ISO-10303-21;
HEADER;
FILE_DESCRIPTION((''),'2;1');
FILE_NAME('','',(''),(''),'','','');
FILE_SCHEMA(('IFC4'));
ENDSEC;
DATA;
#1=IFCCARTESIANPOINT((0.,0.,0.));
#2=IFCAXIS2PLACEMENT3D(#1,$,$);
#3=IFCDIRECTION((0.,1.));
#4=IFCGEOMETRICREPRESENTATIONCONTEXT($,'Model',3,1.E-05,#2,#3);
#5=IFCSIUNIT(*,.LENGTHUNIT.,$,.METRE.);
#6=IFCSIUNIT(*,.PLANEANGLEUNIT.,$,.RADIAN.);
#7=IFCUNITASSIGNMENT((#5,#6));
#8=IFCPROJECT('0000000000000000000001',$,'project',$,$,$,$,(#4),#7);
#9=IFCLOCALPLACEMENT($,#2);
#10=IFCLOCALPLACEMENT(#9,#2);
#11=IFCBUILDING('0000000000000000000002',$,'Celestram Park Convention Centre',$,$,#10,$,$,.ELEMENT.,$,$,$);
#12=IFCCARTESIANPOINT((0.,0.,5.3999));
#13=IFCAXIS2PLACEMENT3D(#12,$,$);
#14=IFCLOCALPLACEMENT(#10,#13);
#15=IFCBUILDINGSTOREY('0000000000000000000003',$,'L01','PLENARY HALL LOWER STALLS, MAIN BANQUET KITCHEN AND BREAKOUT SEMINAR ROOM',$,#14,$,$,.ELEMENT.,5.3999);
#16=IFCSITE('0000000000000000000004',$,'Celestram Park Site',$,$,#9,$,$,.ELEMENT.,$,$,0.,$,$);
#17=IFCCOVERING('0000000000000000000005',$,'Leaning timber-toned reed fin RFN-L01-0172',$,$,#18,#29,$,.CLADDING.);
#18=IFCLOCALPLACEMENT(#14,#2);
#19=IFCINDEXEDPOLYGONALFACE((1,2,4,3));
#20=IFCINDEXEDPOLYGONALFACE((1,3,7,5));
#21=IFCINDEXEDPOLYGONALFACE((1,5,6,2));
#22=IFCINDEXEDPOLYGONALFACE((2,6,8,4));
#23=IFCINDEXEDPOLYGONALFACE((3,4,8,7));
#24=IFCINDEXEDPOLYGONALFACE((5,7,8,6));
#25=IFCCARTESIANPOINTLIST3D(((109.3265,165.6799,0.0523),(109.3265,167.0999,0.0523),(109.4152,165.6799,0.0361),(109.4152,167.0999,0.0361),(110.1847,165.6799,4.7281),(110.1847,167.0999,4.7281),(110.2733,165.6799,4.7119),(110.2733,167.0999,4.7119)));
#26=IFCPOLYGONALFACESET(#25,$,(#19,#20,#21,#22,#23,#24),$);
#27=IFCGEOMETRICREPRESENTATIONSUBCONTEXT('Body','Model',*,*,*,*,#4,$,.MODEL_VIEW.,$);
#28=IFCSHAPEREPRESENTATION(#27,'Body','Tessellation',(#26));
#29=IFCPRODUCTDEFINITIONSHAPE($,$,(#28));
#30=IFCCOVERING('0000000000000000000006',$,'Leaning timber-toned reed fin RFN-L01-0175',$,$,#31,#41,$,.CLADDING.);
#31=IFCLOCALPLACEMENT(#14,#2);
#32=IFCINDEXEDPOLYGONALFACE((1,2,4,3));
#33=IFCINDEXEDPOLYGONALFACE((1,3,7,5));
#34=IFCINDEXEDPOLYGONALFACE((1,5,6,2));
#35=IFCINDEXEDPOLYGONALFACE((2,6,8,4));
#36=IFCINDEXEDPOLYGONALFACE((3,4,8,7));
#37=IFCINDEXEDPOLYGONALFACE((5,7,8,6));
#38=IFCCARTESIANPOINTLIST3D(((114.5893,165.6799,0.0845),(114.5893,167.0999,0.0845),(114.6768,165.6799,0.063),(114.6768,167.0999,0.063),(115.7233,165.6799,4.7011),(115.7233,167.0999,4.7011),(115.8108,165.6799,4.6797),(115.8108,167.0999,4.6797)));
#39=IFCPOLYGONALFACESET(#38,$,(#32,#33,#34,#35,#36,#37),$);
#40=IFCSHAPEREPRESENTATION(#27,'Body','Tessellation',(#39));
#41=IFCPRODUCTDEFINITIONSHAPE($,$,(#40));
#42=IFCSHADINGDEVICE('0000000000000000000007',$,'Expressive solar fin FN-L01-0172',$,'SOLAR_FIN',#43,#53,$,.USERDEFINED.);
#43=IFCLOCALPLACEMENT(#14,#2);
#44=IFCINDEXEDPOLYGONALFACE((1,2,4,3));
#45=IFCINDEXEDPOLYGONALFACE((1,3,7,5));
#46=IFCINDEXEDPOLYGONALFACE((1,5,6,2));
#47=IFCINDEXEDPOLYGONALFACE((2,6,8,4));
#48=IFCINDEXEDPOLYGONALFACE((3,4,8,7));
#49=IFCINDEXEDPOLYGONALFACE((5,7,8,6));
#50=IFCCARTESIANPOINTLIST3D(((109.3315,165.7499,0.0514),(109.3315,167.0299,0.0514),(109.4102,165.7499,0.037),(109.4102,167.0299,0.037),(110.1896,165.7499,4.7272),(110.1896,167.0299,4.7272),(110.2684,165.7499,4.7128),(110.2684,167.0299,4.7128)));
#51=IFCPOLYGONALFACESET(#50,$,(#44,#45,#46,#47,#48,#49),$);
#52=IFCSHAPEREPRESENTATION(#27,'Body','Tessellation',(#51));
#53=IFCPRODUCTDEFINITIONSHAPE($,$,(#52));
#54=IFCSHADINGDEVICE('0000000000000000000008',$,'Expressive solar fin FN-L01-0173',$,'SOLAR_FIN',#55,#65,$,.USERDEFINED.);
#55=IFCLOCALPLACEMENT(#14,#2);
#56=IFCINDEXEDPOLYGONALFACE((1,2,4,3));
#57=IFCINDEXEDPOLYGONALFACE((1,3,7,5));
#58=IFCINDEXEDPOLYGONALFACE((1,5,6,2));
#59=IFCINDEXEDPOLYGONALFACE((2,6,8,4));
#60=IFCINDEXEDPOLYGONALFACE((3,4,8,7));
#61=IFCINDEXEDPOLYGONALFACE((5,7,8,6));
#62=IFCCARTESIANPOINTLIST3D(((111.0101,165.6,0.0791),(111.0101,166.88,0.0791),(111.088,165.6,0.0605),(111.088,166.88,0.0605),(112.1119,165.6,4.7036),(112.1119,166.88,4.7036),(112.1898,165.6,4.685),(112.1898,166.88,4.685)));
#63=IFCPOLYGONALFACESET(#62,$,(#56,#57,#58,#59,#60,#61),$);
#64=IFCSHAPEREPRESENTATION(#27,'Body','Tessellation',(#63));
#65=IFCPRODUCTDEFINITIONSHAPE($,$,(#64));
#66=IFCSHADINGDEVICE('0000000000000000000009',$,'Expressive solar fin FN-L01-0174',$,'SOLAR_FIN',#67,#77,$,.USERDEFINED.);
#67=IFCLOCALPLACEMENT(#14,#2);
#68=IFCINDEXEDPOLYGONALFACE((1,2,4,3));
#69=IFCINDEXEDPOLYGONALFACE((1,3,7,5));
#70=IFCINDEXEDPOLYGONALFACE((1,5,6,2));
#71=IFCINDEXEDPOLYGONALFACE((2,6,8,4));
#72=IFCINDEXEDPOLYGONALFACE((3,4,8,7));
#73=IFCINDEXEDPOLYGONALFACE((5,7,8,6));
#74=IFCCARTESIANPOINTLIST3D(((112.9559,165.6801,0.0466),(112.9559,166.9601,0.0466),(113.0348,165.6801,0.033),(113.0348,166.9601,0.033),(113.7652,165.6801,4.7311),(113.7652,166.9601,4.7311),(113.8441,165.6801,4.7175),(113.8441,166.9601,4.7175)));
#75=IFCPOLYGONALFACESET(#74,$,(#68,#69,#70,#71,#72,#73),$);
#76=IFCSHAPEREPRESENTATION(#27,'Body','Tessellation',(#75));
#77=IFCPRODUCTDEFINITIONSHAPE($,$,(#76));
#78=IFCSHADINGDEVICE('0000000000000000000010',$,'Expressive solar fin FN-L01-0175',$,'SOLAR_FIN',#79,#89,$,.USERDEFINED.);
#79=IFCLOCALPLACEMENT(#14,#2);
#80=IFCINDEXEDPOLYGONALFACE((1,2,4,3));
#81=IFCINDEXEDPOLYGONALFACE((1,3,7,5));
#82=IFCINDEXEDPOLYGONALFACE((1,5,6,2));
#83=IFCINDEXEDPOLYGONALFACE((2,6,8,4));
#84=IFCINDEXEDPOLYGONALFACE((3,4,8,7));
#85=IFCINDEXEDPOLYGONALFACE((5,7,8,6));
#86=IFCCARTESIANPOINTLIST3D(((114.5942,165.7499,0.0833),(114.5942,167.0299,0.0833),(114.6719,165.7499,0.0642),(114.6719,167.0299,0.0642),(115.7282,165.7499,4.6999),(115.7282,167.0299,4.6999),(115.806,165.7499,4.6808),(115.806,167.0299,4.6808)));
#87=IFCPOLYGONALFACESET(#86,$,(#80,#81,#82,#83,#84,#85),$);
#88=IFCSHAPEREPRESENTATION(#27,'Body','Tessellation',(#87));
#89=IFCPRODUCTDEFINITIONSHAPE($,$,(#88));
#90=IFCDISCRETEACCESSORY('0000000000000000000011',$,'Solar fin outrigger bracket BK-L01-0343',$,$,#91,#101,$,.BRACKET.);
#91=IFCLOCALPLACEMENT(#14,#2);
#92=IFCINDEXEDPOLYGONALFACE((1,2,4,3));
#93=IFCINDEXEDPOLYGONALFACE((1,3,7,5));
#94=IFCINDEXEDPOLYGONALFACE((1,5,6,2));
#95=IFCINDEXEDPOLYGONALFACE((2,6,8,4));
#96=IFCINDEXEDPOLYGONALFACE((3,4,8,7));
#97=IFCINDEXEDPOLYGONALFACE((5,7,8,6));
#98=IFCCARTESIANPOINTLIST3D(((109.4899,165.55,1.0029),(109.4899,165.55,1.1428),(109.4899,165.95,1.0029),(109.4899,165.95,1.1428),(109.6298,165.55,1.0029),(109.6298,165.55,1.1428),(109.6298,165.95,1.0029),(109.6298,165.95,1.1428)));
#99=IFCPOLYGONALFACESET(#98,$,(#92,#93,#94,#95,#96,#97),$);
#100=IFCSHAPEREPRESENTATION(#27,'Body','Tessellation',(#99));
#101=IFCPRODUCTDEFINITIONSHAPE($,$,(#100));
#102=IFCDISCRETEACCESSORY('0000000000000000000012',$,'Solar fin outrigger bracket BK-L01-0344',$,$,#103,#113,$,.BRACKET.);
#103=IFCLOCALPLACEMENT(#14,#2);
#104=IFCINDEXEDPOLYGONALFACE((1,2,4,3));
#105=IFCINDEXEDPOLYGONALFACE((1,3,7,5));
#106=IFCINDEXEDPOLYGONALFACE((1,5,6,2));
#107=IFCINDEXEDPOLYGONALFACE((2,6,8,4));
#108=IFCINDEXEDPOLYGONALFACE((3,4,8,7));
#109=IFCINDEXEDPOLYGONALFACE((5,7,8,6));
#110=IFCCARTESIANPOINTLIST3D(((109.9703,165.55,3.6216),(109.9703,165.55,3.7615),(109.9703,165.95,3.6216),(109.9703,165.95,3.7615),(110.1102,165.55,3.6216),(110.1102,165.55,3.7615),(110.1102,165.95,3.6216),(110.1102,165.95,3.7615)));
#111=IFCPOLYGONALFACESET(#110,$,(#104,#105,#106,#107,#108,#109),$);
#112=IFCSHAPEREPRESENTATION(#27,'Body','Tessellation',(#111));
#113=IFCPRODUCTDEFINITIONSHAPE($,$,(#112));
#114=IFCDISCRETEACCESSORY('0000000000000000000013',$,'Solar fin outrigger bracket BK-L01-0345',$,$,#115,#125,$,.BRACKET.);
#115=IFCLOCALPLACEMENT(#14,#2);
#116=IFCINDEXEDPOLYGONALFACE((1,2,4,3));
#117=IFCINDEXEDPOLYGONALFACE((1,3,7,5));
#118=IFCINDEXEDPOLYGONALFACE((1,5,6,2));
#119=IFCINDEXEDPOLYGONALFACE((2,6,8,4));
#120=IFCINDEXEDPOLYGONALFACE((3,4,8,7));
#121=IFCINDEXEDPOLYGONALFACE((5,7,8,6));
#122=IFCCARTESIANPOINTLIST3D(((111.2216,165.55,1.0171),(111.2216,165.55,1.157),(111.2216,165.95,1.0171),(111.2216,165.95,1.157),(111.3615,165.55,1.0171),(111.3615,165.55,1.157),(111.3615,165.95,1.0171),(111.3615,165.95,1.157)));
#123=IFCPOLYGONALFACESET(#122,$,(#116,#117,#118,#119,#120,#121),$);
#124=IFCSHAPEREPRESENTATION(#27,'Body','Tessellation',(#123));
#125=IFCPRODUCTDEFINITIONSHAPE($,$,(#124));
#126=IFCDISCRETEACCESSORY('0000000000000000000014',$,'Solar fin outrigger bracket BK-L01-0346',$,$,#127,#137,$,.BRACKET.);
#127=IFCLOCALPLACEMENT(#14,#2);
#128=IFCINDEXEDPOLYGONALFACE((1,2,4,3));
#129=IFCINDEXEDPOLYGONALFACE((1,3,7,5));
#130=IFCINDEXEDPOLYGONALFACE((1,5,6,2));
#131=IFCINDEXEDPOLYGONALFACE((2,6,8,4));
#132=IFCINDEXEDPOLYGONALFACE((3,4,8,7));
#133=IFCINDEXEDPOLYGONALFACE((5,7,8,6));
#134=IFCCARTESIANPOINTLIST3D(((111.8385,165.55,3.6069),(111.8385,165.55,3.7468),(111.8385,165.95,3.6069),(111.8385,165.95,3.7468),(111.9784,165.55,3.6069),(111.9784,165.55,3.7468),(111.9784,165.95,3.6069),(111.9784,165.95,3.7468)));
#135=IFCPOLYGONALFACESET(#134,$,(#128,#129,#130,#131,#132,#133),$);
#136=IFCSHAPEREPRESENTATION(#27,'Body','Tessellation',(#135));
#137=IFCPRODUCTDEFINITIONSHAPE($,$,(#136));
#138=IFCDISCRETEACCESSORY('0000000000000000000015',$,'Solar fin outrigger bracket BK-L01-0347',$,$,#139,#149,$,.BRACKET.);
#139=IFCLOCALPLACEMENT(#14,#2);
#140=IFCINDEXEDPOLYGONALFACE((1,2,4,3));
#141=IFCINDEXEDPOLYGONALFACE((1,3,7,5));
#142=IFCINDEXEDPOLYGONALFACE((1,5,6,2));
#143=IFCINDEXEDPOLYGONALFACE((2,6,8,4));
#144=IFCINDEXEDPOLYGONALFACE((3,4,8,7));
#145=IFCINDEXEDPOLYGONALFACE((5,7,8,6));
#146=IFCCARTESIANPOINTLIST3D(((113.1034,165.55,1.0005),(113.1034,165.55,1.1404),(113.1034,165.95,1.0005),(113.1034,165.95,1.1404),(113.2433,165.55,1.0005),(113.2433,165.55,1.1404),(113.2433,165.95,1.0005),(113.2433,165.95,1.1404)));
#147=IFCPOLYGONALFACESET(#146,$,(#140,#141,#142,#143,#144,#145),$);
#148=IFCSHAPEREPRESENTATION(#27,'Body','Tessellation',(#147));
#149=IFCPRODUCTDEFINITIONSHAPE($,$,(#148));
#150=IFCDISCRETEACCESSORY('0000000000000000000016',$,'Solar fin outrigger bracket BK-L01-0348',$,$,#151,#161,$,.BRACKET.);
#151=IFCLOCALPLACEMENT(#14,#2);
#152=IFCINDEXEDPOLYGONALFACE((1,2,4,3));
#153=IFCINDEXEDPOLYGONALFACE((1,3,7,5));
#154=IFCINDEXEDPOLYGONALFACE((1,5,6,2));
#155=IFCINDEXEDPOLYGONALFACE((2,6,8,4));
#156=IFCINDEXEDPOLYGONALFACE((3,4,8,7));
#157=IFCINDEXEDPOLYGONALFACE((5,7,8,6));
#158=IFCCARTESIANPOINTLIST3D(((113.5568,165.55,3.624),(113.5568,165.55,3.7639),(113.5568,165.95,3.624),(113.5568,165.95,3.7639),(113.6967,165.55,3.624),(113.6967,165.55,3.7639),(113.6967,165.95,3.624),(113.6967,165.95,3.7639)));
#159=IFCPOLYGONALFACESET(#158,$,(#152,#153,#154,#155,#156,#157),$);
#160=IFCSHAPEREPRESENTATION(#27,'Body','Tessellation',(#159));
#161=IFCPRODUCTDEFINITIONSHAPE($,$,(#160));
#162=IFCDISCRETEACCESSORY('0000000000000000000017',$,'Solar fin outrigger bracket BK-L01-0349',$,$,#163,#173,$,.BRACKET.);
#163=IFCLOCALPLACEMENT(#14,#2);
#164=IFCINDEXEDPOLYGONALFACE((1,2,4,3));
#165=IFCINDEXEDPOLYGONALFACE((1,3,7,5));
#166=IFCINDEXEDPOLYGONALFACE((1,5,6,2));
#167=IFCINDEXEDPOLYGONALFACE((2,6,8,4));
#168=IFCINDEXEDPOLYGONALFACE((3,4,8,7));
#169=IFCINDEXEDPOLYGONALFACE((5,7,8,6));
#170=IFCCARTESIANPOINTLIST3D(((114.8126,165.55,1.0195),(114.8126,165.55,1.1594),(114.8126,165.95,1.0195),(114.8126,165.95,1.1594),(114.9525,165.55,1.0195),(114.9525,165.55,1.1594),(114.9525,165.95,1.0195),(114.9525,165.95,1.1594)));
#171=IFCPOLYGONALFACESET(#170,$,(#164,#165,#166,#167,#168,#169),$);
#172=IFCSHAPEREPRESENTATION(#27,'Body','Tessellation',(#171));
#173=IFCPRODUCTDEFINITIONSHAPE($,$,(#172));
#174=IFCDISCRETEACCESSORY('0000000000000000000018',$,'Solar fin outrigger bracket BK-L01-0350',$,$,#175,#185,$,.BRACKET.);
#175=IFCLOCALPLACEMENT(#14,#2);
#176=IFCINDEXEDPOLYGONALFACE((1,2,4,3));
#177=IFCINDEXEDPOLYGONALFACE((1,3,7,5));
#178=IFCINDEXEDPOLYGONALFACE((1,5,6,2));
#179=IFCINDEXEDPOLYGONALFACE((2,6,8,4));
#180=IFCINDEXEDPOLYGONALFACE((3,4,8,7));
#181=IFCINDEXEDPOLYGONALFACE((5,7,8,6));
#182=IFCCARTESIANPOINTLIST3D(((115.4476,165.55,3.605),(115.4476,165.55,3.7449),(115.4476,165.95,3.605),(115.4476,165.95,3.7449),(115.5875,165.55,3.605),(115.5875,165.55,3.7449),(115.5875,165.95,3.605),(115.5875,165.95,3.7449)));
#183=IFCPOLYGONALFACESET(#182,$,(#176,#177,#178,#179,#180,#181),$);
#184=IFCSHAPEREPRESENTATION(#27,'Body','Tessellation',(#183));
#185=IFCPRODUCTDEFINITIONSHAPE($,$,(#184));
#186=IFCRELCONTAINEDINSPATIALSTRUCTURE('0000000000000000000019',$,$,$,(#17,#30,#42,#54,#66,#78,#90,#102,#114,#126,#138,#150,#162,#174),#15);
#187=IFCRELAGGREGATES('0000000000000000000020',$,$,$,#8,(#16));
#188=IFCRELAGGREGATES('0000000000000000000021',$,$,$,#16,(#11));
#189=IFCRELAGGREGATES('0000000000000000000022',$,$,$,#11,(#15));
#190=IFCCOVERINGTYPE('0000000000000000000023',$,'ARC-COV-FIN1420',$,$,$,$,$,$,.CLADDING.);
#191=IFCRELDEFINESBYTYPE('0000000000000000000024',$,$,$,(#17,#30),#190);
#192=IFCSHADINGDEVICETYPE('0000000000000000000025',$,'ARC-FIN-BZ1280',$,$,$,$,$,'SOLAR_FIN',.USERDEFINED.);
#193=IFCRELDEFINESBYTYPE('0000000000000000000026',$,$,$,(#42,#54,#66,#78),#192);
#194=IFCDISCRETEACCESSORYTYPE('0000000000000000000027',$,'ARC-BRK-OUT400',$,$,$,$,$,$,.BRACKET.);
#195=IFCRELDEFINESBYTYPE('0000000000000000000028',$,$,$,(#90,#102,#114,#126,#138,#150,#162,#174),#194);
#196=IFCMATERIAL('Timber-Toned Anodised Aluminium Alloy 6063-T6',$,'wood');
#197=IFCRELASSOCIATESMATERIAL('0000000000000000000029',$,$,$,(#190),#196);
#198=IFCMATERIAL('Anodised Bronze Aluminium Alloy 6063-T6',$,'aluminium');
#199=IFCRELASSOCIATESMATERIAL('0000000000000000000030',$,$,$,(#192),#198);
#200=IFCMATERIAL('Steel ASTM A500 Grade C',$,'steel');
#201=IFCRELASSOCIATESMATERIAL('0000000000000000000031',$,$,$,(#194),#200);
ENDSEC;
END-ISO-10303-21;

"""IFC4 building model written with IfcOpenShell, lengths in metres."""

from ifc_helpers import new_model, si_unit, direction, frame, origin, origin_2d, place, context, subcontext, project, spatial, rectangle, extrude, material, material_profile, profile_set, type_object, element, save


model = new_model("IFC4")

# Units and contexts
model_context = context("Model", 3, precision=1e-05, world=origin(), true_north=direction((0.0, 1.0)))
body_context = subcontext(model_context, "Body", "Model", "MODEL_VIEW")
ifc_project = project(units=[si_unit("LENGTHUNIT", "METRE"), si_unit("PLANEANGLEUNIT", "RADIAN")], contexts=[model_context])

# Site, building, storey
site_placement = place(None, origin())
site = spatial("IfcSite", under=ifc_project, at=site_placement, Name="Celestram Park Site", CompositionType="ELEMENT", RefElevation=0.0)
building_placement = place(site_placement, origin())
building = spatial("IfcBuilding", under=site, at=building_placement, Name="Celestram Park Convention Centre", CompositionType="ELEMENT")
storey_placement = place(building_placement, frame((0.0, 0.0, 5.3999)))
storey = spatial("IfcBuildingStorey", under=building, at=storey_placement, Name="L01", Description="PLENARY HALL LOWER STALLS, MAIN BANQUET KITCHEN AND BREAKOUT SEMINAR ROOM", CompositionType="ELEMENT", Elevation=5.3999)

# Coverings
ifc_material_1 = material(Name="Timber-Toned Anodised Aluminium Alloy 6063-T6", Category="wood")
ifc_material_profile_1 = material_profile(ifc_material_1, rectangle(XDim=1.4199, YDim=0.0901, at=origin_2d()), Name="REED1420X90")
ifc_profile_set_1 = profile_set([ifc_material_profile_1], Name="Timber-Toned Anodised Aluminium Alloy 6063-T6")
covering_type_1 = type_object("IfcCoveringType", Name="ARC-COV-FIN1420", PredefinedType="CLADDING", material=ifc_profile_set_1)
for number, where, z_axis, x_axis, name in (
    (1, (109.3708, 166.3899, 0.0442), (0.180517, 0.0, 0.983572), (0.0, 1.0, 0.0), "Leaning timber-toned reed fin RFN-L01-0172"),
    (2, (114.6331, 166.3899, 0.0737), (0.238546, 0.0, 0.971131), (0.0, 1.0, 0.0), "Leaning timber-toned reed fin RFN-L01-0175"),
):
    element("IfcCovering", number, at=place(storey_placement, frame(where, z_axis=z_axis, x_axis=x_axis)), inside=storey, type_object=covering_type_1, Name=name, PredefinedType="CLADDING", context=body_context, shape_type="SweptSolid", body=[
        extrude(rectangle(XDim=1.4199, YDim=0.0901, at=origin_2d()), origin(), (0.0, 0.0, 1.0), 4.7539),
    ])

# Shading devices
ifc_material_2 = material(Name="Anodised Bronze Aluminium Alloy 6063-T6", Category="aluminium")
ifc_material_profile_2 = material_profile(ifc_material_2, rectangle(XDim=1.28, YDim=0.0801, at=origin_2d()), Name="FIN1280X80")
ifc_profile_set_2 = profile_set([ifc_material_profile_2], Name="Anodised Bronze Aluminium Alloy 6063-T6")
shading_device_type = type_object("IfcShadingDeviceType", Name="ARC-FIN-BZ1280", ElementType="SOLAR_FIN", PredefinedType="USERDEFINED", material=ifc_profile_set_2)
for number, where, z_axis, x_axis, name in (
    (3, (109.3708, 166.3899, 0.0442), (0.180517, 0.0, 0.983572), (0.0, 1.0, 0.0), "Expressive solar fin FN-L01-0172"),
    (4, (111.0491, 166.24, 0.0698), (0.231766, 0.0, 0.972771), (0.0, 1.0, 0.0), "Expressive solar fin FN-L01-0173"),
    (5, (112.9954, 166.3201, 0.0398), (0.170242, 0.0, 0.985402), (0.0, 1.0, 0.0), "Expressive solar fin FN-L01-0174"),
    (6, (114.6331, 166.3899, 0.0737), (0.238546, 0.0, 0.971131), (0.0, 1.0, 0.0), "Expressive solar fin FN-L01-0175"),
):
    element("IfcShadingDevice", number, at=place(storey_placement, frame(where, z_axis=z_axis, x_axis=x_axis)), inside=storey, type_object=shading_device_type, Name=name, ObjectType="SOLAR_FIN", PredefinedType="USERDEFINED", context=body_context, shape_type="SweptSolid", body=[
        extrude(rectangle(XDim=1.28, YDim=0.0801, at=origin_2d()), origin(), (0.0, 0.0, 1.0), 4.7539),
    ])

# Discrete accessories
ifc_material_3 = material(Name="Steel ASTM A500 Grade C", Category="steel")
discrete_accessory_type = type_object("IfcDiscreteAccessoryType", Name="ARC-BRK-OUT400", PredefinedType="BRACKET", material=ifc_material_3)
for number, where, z_axis, x_axis, name in (
    (7, (109.5598, 165.75, 1.0029), (0.0, 0.0, 1.0), (0.0, 1.0, 0.0), "Solar fin outrigger bracket BK-L01-0343"),
    (8, (110.0403, 165.75, 3.6216), (0.0, 0.0, 1.0), (0.0, 1.0, 0.0), "Solar fin outrigger bracket BK-L01-0344"),
    (9, (111.2915, 165.75, 1.0171), (0.0, 0.0, 1.0), (0.0, 1.0, 0.0), "Solar fin outrigger bracket BK-L01-0345"),
    (10, (111.9084, 165.75, 3.6069), (0.0, 0.0, 1.0), (0.0, 1.0, 0.0), "Solar fin outrigger bracket BK-L01-0346"),
    (11, (113.1733, 165.75, 1.0005), (0.0, 0.0, 1.0), (0.0, 1.0, 0.0), "Solar fin outrigger bracket BK-L01-0347"),
    (12, (113.6267, 165.75, 3.624), (0.0, 0.0, 1.0), (0.0, 1.0, 0.0), "Solar fin outrigger bracket BK-L01-0348"),
    (13, (114.8826, 165.75, 1.0195), (0.0, 0.0, 1.0), (0.0, 1.0, 0.0), "Solar fin outrigger bracket BK-L01-0349"),
    (14, (115.5176, 165.75, 3.605), (0.0, 0.0, 1.0), (0.0, 1.0, 0.0), "Solar fin outrigger bracket BK-L01-0350"),
):
    element("IfcDiscreteAccessory", number, at=place(storey_placement, frame(where, z_axis=z_axis, x_axis=x_axis)), inside=storey, type_object=discrete_accessory_type, Name=name, PredefinedType="BRACKET", context=body_context, shape_type="SweptSolid", body=[
        extrude(rectangle(XDim=0.3999, YDim=0.1399, at=origin_2d()), origin(), (0.0, 0.0, 1.0), 0.1399),
    ])

save(model, "model.ifc")
